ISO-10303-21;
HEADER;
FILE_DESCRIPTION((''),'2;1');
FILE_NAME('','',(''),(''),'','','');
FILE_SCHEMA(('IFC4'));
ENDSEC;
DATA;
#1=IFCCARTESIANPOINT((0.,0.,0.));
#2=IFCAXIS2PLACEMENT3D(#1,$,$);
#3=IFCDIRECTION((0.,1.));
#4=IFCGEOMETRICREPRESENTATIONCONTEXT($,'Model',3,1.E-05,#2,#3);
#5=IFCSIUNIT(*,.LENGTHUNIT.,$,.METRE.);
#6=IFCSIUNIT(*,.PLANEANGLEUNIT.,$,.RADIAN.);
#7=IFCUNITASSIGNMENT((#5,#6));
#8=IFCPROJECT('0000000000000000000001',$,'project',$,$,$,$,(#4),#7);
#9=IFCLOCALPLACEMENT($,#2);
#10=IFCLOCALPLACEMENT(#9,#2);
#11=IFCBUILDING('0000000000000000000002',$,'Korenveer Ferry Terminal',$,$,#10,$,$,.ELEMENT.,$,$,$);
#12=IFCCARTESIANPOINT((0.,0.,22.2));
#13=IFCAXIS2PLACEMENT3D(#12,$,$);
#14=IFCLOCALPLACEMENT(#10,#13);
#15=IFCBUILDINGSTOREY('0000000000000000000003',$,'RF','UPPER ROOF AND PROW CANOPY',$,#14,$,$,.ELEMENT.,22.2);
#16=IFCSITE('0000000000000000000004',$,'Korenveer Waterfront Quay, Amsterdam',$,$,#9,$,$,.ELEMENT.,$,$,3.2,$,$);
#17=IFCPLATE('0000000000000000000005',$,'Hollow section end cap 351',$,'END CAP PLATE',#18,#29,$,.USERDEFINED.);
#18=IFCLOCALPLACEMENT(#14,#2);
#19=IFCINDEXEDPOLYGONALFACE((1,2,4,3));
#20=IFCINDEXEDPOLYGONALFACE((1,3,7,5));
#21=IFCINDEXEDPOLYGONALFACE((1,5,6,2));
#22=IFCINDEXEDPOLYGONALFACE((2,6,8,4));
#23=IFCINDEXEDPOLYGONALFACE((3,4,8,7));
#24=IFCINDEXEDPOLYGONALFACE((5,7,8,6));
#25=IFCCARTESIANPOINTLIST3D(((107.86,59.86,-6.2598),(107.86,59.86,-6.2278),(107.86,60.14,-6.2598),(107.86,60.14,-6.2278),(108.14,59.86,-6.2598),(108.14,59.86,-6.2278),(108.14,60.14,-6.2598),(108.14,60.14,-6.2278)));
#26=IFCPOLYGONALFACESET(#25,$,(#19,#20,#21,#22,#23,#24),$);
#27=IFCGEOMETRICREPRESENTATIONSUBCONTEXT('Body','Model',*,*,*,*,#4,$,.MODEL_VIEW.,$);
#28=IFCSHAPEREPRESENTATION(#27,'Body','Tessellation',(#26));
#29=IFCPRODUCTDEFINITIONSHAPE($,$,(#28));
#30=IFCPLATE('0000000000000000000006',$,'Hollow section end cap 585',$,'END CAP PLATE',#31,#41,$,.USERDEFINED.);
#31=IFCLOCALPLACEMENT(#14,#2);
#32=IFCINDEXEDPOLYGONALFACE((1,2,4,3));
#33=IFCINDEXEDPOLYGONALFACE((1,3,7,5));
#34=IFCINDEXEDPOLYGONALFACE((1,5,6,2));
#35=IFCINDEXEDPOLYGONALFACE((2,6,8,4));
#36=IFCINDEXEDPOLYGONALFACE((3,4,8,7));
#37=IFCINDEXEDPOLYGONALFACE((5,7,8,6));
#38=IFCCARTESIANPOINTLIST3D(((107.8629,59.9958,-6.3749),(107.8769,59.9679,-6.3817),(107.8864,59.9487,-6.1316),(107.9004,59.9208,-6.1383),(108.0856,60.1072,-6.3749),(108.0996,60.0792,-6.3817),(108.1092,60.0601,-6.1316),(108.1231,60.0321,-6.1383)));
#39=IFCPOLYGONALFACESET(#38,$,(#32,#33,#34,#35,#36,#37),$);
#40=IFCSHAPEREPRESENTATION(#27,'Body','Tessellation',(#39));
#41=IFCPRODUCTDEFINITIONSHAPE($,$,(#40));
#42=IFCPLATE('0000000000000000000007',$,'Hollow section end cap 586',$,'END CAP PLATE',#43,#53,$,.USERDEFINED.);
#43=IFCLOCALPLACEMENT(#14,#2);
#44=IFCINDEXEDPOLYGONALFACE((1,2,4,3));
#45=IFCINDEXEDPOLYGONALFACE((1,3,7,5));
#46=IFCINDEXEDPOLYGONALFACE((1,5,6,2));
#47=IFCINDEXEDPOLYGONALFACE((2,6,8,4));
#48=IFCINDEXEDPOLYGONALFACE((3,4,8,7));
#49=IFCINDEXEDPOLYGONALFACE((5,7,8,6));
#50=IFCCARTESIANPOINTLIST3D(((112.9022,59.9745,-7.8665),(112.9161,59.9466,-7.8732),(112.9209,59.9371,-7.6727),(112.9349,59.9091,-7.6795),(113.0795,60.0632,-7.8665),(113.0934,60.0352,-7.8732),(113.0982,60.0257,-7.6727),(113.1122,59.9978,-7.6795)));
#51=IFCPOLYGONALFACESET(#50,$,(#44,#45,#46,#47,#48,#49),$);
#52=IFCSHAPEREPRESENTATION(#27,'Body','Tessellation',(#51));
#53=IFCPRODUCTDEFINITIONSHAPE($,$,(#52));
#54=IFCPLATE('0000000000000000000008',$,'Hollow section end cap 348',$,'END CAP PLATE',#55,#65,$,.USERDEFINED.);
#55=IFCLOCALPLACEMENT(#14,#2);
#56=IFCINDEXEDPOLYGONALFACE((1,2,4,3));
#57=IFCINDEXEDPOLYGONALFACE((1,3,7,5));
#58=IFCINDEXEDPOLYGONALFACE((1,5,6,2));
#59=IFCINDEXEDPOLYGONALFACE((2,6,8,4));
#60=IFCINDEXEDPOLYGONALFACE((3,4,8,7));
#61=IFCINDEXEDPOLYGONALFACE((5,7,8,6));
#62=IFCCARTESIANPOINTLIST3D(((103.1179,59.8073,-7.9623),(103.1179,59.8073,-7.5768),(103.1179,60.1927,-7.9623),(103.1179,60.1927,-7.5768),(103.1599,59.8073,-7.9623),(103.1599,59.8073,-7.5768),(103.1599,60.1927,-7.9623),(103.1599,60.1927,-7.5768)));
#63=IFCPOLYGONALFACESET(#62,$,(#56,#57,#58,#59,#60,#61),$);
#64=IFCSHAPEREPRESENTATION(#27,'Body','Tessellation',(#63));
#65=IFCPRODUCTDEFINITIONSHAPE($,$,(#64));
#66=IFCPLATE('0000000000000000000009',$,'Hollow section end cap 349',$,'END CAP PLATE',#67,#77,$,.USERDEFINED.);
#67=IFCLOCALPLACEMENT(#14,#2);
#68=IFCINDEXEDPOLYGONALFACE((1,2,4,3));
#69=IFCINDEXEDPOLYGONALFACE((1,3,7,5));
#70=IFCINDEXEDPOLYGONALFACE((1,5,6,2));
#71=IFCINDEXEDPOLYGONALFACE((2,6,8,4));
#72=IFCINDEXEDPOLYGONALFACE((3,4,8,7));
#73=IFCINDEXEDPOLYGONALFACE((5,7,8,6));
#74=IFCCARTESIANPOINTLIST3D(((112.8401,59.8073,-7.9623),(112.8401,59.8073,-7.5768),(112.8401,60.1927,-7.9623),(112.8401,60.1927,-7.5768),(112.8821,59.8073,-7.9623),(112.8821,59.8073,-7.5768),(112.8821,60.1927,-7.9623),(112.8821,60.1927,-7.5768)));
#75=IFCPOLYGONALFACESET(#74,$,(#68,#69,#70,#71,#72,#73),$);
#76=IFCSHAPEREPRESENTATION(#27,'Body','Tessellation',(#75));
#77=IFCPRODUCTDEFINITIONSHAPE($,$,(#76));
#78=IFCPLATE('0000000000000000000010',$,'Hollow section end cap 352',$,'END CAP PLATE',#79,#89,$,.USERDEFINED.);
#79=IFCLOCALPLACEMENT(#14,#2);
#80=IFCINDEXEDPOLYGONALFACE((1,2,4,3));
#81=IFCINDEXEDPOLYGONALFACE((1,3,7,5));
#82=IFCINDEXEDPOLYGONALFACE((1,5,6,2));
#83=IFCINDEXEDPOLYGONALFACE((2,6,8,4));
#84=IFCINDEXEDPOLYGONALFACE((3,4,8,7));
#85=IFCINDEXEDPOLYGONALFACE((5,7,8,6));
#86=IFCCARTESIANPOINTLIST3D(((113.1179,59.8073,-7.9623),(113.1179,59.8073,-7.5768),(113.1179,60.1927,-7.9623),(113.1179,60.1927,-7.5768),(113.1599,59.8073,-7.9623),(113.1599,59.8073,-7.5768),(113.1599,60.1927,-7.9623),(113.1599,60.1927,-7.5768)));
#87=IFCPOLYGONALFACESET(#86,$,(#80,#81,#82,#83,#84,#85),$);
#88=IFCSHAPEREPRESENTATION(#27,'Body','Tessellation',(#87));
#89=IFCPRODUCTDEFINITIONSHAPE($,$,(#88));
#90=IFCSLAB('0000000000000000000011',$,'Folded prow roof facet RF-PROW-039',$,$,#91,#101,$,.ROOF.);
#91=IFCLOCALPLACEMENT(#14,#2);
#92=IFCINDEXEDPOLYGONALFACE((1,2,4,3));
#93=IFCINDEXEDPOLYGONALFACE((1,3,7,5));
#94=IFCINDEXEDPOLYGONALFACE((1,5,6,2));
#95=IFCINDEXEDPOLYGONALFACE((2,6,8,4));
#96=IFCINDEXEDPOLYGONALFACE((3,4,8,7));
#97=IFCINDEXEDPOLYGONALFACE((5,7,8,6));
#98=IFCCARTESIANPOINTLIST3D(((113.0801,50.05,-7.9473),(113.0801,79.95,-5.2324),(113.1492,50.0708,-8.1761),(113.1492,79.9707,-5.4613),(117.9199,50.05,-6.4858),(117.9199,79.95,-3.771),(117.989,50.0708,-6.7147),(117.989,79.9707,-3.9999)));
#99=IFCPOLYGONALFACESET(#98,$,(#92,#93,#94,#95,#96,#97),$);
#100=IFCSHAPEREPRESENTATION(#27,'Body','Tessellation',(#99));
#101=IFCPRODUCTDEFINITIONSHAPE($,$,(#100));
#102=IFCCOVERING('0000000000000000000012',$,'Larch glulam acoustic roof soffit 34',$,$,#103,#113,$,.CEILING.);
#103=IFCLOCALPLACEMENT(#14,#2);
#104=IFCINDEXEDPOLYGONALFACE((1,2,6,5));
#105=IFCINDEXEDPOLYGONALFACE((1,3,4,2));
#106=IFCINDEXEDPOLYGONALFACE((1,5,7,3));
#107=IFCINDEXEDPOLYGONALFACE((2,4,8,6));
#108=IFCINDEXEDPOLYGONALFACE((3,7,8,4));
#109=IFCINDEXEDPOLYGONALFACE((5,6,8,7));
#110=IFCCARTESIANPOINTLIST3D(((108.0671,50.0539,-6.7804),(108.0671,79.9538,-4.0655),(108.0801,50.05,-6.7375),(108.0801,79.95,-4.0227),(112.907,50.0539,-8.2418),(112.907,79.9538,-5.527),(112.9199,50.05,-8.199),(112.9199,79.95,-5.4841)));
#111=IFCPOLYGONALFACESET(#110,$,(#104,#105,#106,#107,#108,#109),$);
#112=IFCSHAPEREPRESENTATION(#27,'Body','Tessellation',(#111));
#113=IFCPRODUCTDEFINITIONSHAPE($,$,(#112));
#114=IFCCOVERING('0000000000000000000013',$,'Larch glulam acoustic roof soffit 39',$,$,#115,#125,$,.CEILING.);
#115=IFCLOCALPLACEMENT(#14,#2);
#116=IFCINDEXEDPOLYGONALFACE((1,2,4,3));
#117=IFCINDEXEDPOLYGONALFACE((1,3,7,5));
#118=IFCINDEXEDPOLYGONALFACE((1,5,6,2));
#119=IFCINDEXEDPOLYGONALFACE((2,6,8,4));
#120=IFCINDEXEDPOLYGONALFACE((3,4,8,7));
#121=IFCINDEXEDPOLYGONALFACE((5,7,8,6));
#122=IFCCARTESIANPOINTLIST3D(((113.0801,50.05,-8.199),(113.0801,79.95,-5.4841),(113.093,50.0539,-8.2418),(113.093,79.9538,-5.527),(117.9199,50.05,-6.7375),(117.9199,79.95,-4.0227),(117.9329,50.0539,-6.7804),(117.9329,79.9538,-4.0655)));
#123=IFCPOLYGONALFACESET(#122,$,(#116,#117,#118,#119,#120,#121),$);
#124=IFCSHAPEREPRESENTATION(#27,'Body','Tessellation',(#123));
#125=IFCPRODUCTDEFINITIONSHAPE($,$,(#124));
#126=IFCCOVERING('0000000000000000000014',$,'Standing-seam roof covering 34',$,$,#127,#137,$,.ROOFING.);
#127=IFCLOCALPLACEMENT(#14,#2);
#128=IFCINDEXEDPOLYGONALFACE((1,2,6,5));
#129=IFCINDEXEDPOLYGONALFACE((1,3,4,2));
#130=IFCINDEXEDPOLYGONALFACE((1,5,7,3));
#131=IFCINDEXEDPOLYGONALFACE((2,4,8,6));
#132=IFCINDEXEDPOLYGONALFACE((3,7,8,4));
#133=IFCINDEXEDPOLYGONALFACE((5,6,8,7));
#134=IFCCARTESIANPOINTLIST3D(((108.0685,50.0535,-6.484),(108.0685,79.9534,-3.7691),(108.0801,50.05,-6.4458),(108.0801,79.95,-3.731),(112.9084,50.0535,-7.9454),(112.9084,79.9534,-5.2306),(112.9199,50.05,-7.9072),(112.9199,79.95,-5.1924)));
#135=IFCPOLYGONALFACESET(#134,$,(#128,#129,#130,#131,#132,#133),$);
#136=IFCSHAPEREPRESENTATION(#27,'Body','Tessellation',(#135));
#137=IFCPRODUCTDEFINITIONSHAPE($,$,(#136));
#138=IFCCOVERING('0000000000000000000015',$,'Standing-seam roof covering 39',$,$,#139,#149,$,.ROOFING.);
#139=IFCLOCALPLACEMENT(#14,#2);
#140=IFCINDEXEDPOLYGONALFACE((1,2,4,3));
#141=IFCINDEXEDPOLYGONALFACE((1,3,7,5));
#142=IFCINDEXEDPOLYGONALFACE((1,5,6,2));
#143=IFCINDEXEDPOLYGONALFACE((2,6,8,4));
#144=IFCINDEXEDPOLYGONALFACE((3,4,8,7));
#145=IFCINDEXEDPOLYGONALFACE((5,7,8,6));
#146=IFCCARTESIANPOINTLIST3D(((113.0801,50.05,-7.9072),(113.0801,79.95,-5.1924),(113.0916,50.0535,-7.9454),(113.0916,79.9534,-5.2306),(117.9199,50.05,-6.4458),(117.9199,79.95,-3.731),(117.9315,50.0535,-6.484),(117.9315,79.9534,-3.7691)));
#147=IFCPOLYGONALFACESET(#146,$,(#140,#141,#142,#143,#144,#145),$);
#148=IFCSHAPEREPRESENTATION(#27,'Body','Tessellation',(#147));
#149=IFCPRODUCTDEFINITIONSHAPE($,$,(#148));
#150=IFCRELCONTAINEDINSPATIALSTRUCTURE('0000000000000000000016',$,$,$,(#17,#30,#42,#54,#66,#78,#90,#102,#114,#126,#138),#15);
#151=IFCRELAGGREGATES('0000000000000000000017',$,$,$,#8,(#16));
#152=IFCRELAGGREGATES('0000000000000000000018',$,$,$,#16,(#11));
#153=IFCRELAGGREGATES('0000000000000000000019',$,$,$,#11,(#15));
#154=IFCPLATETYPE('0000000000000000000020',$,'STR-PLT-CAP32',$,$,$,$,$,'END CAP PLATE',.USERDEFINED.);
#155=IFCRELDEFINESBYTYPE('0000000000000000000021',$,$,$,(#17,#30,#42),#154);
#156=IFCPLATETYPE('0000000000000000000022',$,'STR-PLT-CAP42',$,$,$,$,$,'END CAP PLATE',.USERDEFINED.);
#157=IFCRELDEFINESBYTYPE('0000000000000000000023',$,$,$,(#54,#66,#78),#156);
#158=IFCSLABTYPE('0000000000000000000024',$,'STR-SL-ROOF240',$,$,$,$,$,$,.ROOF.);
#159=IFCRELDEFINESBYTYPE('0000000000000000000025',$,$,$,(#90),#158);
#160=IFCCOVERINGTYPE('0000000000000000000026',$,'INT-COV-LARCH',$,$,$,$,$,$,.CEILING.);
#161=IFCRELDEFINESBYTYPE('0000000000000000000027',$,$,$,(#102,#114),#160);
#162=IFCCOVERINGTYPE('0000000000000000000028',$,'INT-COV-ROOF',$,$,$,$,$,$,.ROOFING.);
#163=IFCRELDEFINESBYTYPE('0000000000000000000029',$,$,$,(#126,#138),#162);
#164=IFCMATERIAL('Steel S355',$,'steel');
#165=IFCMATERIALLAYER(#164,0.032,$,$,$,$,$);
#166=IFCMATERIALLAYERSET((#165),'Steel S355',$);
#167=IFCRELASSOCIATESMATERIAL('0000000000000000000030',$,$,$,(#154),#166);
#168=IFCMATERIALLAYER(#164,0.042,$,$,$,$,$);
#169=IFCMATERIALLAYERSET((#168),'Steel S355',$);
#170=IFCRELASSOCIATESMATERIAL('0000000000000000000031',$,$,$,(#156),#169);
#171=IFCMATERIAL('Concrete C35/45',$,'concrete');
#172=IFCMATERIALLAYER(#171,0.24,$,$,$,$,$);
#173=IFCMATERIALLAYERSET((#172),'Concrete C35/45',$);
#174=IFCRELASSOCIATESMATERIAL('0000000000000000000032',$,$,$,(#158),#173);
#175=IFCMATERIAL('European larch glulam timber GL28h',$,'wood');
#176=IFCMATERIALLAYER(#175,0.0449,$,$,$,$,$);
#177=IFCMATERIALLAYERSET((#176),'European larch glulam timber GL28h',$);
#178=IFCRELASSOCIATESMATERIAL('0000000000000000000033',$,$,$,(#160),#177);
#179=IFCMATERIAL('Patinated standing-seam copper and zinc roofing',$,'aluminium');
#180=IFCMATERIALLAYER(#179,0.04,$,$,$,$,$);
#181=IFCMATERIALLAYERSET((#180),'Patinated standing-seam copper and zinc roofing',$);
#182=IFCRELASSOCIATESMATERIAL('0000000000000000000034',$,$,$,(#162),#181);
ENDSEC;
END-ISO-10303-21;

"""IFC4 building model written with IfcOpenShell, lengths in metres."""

from ifc_helpers import new_model, si_unit, direction, frame, origin, origin_2d, place, context, subcontext, project, spatial, polyline, rectangle, outline, extrude, material, layer, layer_set, type_object, element, save


model = new_model("IFC4")

# Units and contexts
model_context = context("Model", 3, precision=1e-05, world=origin(), true_north=direction((0.0, 1.0)))
body_context = subcontext(model_context, "Body", "Model", "MODEL_VIEW")
ifc_project = project(units=[si_unit("LENGTHUNIT", "METRE"), si_unit("PLANEANGLEUNIT", "RADIAN")], contexts=[model_context])

# Site, building, storey
site_placement = place(None, origin())
site = spatial("IfcSite", under=ifc_project, at=site_placement, Name="Korenveer Waterfront Quay, Amsterdam", CompositionType="ELEMENT", RefElevation=3.2)
building_placement = place(site_placement, origin())
building = spatial("IfcBuilding", under=site, at=building_placement, Name="Korenveer Ferry Terminal", CompositionType="ELEMENT")
storey_placement = place(building_placement, frame((0.0, 0.0, 22.2)))
storey = spatial("IfcBuildingStorey", under=building, at=storey_placement, Name="RF", Description="UPPER ROOF AND PROW CANOPY", CompositionType="ELEMENT", Elevation=22.2)

# Shared definitions
ifc_material_1 = material(Name="Steel S355", Category="steel")

# Plates
ifc_layer_1 = layer(ifc_material_1, 0.032)
ifc_layer_set_1 = layer_set([ifc_layer_1], Name="Steel S355")
plate_type_1 = type_object("IfcPlateType", Name="STR-PLT-CAP32", ElementType="END CAP PLATE", PredefinedType="USERDEFINED", material=ifc_layer_set_1)
for number, where, z_axis, x_axis, name in (
    (1, (108.0, 60.0, -6.2598), (0.0, 0.0, 1.0), (1.0, 0.0, 0.0), "Hollow section end cap 351"),
):
    element("IfcPlate", number, at=place(storey_placement, frame(where, z_axis=z_axis, x_axis=x_axis)), inside=storey, type_object=plate_type_1, Name=name, ObjectType="END CAP PLATE", PredefinedType="USERDEFINED", context=body_context, shape_type="SweptSolid", body=[
        extrude(rectangle(XDim=0.28, YDim=0.28, at=origin_2d()), origin(), (0.0, 0.0, 1.0), 0.032),
    ])
plate_1_placement = place(storey_placement, frame((108.0, 60.0, -6.26), z_axis=(-0.43711, 0.874221, 0.21136), x_axis=(-0.894427, -0.447214, 0.0)))
element("IfcPlate", 2, at=plate_1_placement, inside=storey, type_object=plate_type_1, Name="Hollow section end cap 585", ObjectType="END CAP PLATE", PredefinedType="USERDEFINED", context=body_context, shape_type="SweptSolid", body=[
    extrude(rectangle(XDim=0.249, YDim=0.249, at=origin_2d()), origin(), (0.0, 0.0, 1.0), 0.032),
])
plate_2_placement = place(storey_placement, frame((113.0142, 59.9722, -7.7764), z_axis=(-0.43711, 0.874221, 0.21136), x_axis=(-0.894427, -0.447214, 0.0)))
element("IfcPlate", 3, at=plate_2_placement, inside=storey, type_object=plate_type_1, Name="Hollow section end cap 586", ObjectType="END CAP PLATE", PredefinedType="USERDEFINED", context=body_context, shape_type="SweptSolid", body=[
    extrude(rectangle(XDim=0.1982, YDim=0.1982, at=origin_2d()), origin(), (0.0, 0.0, 1.0), 0.032),
])
ifc_layer_2 = layer(ifc_material_1, 0.042)
ifc_layer_set_2 = layer_set([ifc_layer_2], Name="Steel S355")
plate_type_2 = type_object("IfcPlateType", Name="STR-PLT-CAP42", ElementType="END CAP PLATE", PredefinedType="USERDEFINED", material=ifc_layer_set_2)
for number, where, z_axis, x_axis, name in (
    (4, (103.1179, 60.0, -7.7695), (1.0, 0.0, 0.0), (0.0, 1.0, 0.0), "Hollow section end cap 348"),
    (5, (112.8401, 60.0, -7.7695), (1.0, 0.0, 0.0), (0.0, 1.0, 0.0), "Hollow section end cap 349"),
    (6, (113.1179, 60.0, -7.7695), (1.0, 0.0, 0.0), (0.0, 1.0, 0.0), "Hollow section end cap 352"),
):
    element("IfcPlate", number, at=place(storey_placement, frame(where, z_axis=z_axis, x_axis=x_axis)), inside=storey, type_object=plate_type_2, Name=name, ObjectType="END CAP PLATE", PredefinedType="USERDEFINED", context=body_context, shape_type="SweptSolid", body=[
        extrude(rectangle(XDim=0.3855, YDim=0.3855, at=origin_2d()), origin(), (0.0, 0.0, 1.0), 0.042),
    ])

# Slab
ifc_material_2 = material(Name="Concrete C35/45", Category="concrete")
ifc_layer_3 = layer(ifc_material_2, 0.24)
ifc_layer_set_3 = layer_set([ifc_layer_3], Name="Concrete C35/45")
slab_type = type_object("IfcSlabType", Name="STR-SL-ROOF240", PredefinedType="ROOF", material=ifc_layer_set_3)
slab_placement = place(storey_placement, frame((113.0801, 50.05, -7.9473), z_axis=(-0.287981, -0.086595, 0.953713), x_axis=(0.957309, 0.0, 0.289066)))
element("IfcSlab", 7, at=slab_placement, inside=storey, type_object=slab_type, Name="Folded prow roof facet RF-PROW-039", PredefinedType="ROOF", context=body_context, shape_type="SweptSolid", body=[
    extrude(outline(polyline([(0.0, 0.0), (5.0557, 0.0), (5.8404, 30.0126), (0.7848, 30.0126), (0.0, 0.0)])), origin(), (0.0, 0.0, -1.0), 0.24),
])

# Coverings
ifc_material_3 = material(Name="European larch glulam timber GL28h", Category="wood")
ifc_layer_4 = layer(ifc_material_3, 0.0449)
ifc_layer_set_4 = layer_set([ifc_layer_4], Name="European larch glulam timber GL28h")
covering_type_1 = type_object("IfcCoveringType", Name="INT-COV-LARCH", PredefinedType="CEILING", material=ifc_layer_set_4)
covering_1_placement = place(storey_placement, frame((108.0801, 50.05, -6.7375), z_axis=(0.287981, -0.086595, 0.953713), x_axis=(0.957309, 0.0, -0.289066)))
element("IfcCovering", 8, at=covering_1_placement, inside=storey, type_object=covering_type_1, Name="Larch glulam acoustic roof soffit 34", PredefinedType="CEILING", context=body_context, shape_type="SweptSolid", body=[
    extrude(outline(polyline([(0.0, 0.0), (5.0557, 0.0), (4.2709, 30.0126), (-0.7848, 30.0126), (0.0, 0.0)])), origin(), (0.0, 0.0, -1.0), 0.0449),
])
covering_2_placement = place(storey_placement, frame((113.0801, 50.05, -8.199), z_axis=(-0.287981, -0.086595, 0.953713), x_axis=(0.957309, 0.0, 0.289066)))
element("IfcCovering", 9, at=covering_2_placement, inside=storey, type_object=covering_type_1, Name="Larch glulam acoustic roof soffit 39", PredefinedType="CEILING", context=body_context, shape_type="SweptSolid", body=[
    extrude(outline(polyline([(0.0, 0.0), (5.0557, 0.0), (5.8404, 30.0126), (0.7848, 30.0126), (0.0, 0.0)])), origin(), (0.0, 0.0, -1.0), 0.0449),
])
ifc_material_4 = material(Name="Patinated standing-seam copper and zinc roofing", Category="aluminium")
ifc_layer_5 = layer(ifc_material_4, 0.04)
ifc_layer_set_5 = layer_set([ifc_layer_5], Name="Patinated standing-seam copper and zinc roofing")
covering_type_2 = type_object("IfcCoveringType", Name="INT-COV-ROOF", PredefinedType="ROOFING", material=ifc_layer_set_5)
covering_3_placement = place(storey_placement, frame((108.0801, 50.05, -6.4458), z_axis=(0.287981, -0.086595, 0.953713), x_axis=(0.957309, 0.0, -0.289066)))
element("IfcCovering", 10, at=covering_3_placement, inside=storey, type_object=covering_type_2, Name="Standing-seam roof covering 34", PredefinedType="ROOFING", context=body_context, shape_type="SweptSolid", body=[
    extrude(outline(polyline([(0.0, 0.0), (5.0557, 0.0), (4.2709, 30.0126), (-0.7848, 30.0126), (0.0, 0.0)])), origin(), (0.0, 0.0, -1.0), 0.04),
])
covering_4_placement = place(storey_placement, frame((113.0801, 50.05, -7.9072), z_axis=(-0.287981, -0.086595, 0.953713), x_axis=(0.957309, 0.0, 0.289066)))
element("IfcCovering", 11, at=covering_4_placement, inside=storey, type_object=covering_type_2, Name="Standing-seam roof covering 39", PredefinedType="ROOFING", context=body_context, shape_type="SweptSolid", body=[
    extrude(outline(polyline([(0.0, 0.0), (5.0557, 0.0), (5.8404, 30.0126), (0.7848, 30.0126), (0.0, 0.0)])), origin(), (0.0, 0.0, -1.0), 0.04),
])

save(model, "model.ifc")
